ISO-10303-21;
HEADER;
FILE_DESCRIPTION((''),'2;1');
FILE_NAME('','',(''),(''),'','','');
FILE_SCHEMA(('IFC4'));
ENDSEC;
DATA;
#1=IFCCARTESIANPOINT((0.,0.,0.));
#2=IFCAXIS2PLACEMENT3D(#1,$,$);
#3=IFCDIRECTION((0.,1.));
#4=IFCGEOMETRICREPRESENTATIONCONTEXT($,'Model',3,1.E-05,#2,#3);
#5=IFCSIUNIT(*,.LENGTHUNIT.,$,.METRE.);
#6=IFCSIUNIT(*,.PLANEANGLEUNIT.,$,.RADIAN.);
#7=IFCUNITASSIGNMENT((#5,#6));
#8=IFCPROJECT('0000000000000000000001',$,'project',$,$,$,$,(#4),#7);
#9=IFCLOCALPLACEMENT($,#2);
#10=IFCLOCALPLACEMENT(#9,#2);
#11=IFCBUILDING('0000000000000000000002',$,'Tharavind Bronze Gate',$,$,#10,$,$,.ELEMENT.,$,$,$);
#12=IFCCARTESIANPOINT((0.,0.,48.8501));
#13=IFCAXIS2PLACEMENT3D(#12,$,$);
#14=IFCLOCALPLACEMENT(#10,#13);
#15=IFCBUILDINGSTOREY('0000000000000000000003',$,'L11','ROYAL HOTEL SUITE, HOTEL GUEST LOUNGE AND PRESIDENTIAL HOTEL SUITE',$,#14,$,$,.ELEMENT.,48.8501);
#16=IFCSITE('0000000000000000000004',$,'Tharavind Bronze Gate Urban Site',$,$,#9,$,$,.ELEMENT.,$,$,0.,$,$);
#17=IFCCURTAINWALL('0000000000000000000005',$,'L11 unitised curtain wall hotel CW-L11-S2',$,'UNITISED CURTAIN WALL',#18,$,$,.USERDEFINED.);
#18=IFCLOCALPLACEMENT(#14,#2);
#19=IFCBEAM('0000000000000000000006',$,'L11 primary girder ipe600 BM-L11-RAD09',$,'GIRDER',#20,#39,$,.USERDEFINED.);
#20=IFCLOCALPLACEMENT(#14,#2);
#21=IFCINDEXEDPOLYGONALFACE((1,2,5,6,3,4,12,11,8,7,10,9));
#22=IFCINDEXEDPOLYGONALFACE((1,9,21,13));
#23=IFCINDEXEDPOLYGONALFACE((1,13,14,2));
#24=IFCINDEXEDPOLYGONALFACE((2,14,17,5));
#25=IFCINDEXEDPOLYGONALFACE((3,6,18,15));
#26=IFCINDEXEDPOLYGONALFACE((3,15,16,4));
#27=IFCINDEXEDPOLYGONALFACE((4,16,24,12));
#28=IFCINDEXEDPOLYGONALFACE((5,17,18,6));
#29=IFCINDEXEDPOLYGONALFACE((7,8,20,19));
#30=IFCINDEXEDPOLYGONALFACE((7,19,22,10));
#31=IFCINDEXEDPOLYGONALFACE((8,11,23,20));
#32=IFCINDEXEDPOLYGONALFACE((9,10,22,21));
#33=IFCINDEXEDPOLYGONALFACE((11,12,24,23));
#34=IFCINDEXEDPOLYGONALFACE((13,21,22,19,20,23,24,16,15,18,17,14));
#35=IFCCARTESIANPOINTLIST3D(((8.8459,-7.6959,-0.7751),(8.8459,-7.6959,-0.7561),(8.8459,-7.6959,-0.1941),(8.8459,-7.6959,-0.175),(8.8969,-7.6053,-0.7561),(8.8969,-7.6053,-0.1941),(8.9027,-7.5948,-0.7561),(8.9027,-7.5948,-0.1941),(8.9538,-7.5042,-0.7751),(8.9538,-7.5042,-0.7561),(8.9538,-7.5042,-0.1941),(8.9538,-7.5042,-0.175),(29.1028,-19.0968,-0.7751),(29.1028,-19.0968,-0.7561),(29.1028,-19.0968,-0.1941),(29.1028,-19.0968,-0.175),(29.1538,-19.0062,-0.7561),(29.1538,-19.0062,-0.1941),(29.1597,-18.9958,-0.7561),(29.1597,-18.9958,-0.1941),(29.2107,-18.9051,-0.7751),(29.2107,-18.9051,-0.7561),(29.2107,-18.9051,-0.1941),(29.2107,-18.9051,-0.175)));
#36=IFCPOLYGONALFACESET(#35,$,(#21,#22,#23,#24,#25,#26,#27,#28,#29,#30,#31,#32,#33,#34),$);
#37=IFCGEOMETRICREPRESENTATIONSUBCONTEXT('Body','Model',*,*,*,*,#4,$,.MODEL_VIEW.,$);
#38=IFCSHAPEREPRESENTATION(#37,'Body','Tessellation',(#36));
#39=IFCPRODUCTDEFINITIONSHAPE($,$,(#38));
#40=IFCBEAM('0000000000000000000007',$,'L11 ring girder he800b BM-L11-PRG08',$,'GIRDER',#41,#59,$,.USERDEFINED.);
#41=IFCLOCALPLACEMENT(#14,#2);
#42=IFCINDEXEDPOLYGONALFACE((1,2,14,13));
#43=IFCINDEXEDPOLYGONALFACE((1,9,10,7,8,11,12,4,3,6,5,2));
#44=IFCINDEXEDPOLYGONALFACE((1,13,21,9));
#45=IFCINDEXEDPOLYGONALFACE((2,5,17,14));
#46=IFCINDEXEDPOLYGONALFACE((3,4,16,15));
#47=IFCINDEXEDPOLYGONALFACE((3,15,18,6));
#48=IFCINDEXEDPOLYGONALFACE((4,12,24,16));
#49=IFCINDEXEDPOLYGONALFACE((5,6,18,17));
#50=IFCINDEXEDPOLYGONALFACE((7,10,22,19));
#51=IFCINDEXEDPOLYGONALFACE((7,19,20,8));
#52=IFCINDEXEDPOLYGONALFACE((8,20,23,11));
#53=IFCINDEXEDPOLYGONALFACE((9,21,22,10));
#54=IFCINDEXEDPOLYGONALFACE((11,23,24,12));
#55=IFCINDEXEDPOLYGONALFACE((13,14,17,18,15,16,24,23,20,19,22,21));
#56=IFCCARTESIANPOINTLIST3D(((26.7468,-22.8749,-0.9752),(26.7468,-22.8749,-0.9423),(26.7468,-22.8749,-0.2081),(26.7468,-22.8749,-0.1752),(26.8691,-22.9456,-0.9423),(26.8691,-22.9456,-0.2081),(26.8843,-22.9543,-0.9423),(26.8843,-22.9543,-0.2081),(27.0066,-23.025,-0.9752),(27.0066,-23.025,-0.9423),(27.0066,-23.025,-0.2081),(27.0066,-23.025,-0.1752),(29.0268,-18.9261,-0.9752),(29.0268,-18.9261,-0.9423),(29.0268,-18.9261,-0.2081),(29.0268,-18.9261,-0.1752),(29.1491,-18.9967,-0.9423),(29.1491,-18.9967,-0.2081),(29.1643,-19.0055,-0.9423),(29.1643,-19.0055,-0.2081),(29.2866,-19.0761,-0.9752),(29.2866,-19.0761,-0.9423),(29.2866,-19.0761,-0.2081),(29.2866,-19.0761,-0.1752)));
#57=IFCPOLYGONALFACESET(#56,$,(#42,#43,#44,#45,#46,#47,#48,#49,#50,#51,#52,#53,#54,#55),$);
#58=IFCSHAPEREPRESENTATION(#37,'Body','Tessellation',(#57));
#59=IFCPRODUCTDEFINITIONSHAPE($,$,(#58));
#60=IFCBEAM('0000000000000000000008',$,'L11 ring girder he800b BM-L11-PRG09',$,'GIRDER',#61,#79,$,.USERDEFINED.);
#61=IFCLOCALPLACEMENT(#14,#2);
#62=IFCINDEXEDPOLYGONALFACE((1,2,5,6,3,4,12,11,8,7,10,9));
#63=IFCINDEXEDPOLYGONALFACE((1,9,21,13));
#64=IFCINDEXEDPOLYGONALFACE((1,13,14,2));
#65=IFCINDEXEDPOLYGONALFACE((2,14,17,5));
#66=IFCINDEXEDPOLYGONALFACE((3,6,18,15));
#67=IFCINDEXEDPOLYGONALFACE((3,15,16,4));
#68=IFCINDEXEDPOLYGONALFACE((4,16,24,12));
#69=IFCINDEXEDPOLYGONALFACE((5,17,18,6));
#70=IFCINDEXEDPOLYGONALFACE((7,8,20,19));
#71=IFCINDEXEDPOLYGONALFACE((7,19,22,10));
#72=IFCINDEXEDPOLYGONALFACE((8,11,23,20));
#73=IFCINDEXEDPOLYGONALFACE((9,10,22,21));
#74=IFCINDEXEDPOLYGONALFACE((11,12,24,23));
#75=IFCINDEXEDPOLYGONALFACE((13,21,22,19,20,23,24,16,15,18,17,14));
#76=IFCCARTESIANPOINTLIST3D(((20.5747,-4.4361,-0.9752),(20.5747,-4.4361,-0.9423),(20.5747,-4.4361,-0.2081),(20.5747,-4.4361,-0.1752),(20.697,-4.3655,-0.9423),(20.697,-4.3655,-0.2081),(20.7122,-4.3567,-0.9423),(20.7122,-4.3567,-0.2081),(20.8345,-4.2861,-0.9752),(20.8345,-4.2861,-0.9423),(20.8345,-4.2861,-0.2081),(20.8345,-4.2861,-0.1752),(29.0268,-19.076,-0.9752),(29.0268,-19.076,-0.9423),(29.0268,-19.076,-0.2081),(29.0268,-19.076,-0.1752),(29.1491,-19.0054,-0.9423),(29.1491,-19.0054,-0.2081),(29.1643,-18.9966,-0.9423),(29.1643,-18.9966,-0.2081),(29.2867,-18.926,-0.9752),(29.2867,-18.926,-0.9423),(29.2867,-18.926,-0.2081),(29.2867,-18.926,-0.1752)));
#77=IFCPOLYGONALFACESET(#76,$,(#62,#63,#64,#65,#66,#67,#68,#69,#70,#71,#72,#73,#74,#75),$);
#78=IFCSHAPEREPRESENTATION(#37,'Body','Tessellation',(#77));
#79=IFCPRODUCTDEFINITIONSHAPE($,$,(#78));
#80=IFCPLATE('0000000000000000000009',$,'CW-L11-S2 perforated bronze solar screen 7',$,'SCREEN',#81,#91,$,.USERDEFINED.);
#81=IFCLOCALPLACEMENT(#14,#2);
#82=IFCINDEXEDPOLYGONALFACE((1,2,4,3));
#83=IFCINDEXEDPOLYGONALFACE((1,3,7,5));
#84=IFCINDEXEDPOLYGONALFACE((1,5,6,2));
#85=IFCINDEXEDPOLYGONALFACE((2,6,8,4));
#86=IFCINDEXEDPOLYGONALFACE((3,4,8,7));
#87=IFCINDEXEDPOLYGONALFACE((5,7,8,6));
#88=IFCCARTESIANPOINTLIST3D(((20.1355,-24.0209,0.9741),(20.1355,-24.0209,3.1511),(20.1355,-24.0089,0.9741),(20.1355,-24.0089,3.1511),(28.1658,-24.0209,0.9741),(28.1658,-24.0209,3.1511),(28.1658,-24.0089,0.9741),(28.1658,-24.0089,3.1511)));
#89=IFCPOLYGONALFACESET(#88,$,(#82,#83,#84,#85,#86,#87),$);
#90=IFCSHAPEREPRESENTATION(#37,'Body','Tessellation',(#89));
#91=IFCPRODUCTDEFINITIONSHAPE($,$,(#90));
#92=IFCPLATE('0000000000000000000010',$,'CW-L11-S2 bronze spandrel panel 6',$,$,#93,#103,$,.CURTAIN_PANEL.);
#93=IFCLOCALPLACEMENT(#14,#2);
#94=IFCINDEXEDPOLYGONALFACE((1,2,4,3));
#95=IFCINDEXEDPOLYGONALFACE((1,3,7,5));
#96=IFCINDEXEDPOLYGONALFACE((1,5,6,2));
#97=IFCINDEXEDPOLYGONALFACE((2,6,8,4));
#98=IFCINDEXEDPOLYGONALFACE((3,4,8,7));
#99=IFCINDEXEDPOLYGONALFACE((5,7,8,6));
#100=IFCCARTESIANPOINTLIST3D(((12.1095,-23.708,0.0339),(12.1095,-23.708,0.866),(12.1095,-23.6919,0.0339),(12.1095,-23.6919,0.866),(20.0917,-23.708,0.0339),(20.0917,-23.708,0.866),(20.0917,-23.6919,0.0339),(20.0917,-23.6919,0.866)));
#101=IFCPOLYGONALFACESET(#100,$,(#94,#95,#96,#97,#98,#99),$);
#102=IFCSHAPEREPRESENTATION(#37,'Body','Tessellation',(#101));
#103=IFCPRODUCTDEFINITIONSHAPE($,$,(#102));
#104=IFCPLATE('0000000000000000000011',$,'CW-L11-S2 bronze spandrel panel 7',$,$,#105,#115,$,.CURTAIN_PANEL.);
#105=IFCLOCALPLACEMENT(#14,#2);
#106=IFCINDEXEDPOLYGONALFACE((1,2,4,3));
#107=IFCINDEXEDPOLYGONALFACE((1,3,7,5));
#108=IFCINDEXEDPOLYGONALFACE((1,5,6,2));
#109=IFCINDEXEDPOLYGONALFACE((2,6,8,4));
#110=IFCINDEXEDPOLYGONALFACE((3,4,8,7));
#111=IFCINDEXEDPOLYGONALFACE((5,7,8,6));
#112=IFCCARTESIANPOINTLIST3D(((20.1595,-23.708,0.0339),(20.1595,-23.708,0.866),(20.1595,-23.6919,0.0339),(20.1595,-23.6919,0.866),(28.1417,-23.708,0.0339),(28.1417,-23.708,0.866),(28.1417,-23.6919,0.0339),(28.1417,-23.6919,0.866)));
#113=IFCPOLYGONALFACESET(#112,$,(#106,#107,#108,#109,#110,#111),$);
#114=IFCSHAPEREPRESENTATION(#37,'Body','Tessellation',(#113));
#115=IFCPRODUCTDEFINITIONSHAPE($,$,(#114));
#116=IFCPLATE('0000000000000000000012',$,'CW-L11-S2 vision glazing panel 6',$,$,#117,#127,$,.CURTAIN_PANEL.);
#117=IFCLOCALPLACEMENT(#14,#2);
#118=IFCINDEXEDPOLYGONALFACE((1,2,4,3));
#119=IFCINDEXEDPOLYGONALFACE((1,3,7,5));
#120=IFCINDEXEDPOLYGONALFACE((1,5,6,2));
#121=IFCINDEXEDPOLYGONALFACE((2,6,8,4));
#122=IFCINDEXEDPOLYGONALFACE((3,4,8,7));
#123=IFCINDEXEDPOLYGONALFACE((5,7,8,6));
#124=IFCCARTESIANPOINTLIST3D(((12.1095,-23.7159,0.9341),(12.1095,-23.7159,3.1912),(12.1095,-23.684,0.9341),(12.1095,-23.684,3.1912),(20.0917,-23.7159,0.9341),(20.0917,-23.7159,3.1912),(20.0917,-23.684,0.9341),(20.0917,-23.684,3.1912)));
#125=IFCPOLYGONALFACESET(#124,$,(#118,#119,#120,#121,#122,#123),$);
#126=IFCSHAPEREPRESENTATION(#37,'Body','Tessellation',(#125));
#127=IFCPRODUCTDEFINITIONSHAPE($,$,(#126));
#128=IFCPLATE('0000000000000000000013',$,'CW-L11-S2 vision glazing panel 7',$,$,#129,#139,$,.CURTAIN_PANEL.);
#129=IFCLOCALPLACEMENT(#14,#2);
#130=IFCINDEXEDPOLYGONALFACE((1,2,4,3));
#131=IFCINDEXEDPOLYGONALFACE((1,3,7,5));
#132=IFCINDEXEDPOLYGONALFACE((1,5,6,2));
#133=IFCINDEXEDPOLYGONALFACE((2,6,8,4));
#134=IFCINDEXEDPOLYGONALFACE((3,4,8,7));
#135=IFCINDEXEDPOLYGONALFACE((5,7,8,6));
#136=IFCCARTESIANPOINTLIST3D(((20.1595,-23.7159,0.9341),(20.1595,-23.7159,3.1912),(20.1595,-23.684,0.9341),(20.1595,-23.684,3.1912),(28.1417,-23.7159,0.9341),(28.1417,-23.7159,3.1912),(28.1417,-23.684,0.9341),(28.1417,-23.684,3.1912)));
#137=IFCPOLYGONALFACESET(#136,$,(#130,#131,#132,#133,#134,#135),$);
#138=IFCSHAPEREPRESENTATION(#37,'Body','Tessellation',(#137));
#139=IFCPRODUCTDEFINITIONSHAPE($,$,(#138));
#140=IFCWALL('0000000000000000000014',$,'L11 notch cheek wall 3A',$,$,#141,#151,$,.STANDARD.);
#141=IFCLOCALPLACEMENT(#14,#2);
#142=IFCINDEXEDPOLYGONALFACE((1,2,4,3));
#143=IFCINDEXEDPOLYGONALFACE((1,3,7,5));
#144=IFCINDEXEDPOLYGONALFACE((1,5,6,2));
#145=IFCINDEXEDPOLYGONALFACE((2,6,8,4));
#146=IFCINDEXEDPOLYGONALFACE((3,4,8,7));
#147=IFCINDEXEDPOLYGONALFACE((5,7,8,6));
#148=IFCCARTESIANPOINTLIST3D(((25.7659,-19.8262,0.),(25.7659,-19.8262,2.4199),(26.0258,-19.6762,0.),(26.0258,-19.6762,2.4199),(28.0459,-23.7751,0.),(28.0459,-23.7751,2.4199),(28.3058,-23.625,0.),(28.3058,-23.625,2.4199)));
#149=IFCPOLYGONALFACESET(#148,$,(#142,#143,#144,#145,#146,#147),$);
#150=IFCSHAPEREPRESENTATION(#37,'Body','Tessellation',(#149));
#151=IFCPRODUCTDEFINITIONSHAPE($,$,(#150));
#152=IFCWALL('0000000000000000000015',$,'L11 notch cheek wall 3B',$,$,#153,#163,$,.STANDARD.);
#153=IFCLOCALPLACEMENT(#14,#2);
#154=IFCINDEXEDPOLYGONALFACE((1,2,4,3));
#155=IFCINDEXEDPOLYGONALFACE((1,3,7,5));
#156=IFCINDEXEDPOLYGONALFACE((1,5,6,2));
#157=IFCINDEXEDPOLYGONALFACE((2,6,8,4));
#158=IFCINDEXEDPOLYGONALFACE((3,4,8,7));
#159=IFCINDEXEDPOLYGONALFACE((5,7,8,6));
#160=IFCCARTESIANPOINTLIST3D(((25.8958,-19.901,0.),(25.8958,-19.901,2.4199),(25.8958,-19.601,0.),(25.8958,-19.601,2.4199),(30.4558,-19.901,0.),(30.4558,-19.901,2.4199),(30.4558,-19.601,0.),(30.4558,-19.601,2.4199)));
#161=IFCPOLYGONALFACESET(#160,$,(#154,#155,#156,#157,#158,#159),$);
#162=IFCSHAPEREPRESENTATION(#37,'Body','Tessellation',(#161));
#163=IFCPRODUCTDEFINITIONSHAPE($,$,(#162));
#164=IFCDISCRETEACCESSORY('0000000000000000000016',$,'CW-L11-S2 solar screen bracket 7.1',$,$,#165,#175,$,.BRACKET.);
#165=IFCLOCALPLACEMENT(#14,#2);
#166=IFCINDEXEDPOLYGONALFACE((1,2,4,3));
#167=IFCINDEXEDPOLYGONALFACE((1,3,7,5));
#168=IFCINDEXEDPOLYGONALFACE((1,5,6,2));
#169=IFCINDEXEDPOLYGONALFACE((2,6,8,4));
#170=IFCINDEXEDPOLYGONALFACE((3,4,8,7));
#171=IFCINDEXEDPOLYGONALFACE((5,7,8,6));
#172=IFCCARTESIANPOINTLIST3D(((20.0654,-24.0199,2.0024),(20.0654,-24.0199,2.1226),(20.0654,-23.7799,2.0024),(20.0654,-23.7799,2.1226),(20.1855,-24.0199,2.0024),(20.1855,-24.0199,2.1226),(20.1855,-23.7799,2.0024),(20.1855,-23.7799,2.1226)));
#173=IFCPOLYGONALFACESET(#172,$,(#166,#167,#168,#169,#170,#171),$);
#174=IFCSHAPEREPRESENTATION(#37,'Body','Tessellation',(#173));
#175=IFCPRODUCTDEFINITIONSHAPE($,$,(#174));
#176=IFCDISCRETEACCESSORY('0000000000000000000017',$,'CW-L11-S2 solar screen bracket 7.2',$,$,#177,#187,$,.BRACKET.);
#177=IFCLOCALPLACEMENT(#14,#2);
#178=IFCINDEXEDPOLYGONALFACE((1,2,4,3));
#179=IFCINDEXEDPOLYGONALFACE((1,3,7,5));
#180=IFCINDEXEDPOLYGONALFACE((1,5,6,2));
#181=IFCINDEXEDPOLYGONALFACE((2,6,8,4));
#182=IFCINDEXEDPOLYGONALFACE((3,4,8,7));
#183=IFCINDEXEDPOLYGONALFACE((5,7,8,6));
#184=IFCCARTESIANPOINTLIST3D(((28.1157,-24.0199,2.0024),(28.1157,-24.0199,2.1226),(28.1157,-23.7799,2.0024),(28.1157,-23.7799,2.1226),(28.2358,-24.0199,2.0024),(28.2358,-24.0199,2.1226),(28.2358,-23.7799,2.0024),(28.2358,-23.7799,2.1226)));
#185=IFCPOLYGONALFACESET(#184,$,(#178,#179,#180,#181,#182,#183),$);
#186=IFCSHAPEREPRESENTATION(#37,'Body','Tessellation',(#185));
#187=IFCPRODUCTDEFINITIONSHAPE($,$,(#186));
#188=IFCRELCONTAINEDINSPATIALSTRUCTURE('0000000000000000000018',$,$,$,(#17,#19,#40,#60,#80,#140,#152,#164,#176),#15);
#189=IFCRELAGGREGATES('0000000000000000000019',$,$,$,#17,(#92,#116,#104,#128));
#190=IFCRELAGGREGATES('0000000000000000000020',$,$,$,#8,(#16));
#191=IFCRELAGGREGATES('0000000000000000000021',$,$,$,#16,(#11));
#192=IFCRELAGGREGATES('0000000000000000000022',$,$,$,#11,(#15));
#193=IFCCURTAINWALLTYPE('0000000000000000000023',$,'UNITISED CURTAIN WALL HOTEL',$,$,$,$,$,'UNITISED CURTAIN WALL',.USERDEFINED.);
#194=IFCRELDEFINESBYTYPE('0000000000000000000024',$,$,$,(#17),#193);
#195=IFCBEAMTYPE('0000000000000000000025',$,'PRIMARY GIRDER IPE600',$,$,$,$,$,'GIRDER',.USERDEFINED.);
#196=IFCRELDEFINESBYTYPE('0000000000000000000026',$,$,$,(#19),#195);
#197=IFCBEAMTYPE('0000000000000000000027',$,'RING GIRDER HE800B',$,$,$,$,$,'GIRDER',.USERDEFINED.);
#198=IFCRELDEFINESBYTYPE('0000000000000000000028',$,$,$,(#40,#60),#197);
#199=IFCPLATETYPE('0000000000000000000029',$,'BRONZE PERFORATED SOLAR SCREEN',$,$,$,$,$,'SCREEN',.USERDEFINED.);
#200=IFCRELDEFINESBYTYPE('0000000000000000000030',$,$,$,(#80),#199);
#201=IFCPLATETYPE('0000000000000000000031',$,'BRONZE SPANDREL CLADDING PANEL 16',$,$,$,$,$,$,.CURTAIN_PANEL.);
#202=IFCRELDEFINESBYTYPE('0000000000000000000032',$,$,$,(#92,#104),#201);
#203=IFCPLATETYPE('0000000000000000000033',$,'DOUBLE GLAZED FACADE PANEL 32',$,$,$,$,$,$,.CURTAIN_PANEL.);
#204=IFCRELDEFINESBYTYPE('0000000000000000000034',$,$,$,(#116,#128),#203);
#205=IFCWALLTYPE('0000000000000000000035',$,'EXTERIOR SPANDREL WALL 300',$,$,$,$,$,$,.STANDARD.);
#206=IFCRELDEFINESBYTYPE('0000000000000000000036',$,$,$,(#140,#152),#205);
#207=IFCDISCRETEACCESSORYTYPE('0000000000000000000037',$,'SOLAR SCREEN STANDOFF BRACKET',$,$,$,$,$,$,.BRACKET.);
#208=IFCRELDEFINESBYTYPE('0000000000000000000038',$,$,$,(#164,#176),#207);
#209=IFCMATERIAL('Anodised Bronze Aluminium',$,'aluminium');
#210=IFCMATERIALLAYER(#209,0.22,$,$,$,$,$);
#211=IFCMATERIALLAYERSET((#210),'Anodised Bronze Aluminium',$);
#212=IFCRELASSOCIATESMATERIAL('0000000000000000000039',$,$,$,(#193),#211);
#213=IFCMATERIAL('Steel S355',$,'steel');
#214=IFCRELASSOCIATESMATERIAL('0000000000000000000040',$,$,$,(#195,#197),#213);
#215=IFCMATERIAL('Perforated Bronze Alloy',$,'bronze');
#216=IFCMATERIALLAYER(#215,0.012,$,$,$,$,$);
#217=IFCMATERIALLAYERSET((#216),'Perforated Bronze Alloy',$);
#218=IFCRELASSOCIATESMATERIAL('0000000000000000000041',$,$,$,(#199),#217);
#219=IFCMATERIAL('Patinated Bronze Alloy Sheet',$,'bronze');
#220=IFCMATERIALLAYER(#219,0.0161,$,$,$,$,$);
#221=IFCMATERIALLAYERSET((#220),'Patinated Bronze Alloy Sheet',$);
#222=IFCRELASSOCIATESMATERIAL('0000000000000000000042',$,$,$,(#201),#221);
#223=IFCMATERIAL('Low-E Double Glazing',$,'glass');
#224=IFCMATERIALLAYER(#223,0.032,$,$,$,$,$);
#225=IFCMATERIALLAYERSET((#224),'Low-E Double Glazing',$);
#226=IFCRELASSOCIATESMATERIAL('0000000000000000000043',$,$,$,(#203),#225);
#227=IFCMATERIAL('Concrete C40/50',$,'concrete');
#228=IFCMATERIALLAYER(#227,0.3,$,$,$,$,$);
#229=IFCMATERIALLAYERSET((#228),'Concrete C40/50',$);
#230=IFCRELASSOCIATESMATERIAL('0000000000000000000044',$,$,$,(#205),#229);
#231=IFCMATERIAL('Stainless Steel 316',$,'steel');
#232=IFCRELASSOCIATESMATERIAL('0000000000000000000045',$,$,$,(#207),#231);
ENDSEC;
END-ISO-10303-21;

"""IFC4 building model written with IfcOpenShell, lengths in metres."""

from ifc_helpers import new_model, si_unit, direction, frame, frame_2d, origin, origin_2d, place, context, subcontext, project, spatial, rectangle, i_section, extrude, material, layer, layer_set, material_profile, profile_set, type_object, element, aggregate, save


model = new_model("IFC4")

# Units and contexts
model_context = context("Model", 3, precision=1e-05, world=origin(), true_north=direction((0.0, 1.0)))
body_context = subcontext(model_context, "Body", "Model", "MODEL_VIEW")
ifc_project = project(units=[si_unit("LENGTHUNIT", "METRE"), si_unit("PLANEANGLEUNIT", "RADIAN")], contexts=[model_context])

# Site, building, storey
site_placement = place(None, origin())
site = spatial("IfcSite", under=ifc_project, at=site_placement, Name="Tharavind Bronze Gate Urban Site", CompositionType="ELEMENT", RefElevation=0.0)
building_placement = place(site_placement, origin())
building = spatial("IfcBuilding", under=site, at=building_placement, Name="Tharavind Bronze Gate", CompositionType="ELEMENT")
storey_placement = place(building_placement, frame((0.0, 0.0, 48.8501)))
storey = spatial("IfcBuildingStorey", under=building, at=storey_placement, Name="L11", Description="ROYAL HOTEL SUITE, HOTEL GUEST LOUNGE AND PRESIDENTIAL HOTEL SUITE", CompositionType="ELEMENT", Elevation=48.8501)

# Curtain wall
ifc_material_1 = material(Name="Anodised Bronze Aluminium", Category="aluminium")
ifc_layer_1 = layer(ifc_material_1, 0.22)
ifc_layer_set_1 = layer_set([ifc_layer_1], Name="Anodised Bronze Aluminium")
curtain_wall_type = type_object("IfcCurtainWallType", Name="UNITISED CURTAIN WALL HOTEL", ElementType="UNITISED CURTAIN WALL", PredefinedType="USERDEFINED", material=ifc_layer_set_1)
curtain_wall_1_placement = place(storey_placement, origin())
curtain_wall_1 = element("IfcCurtainWall", 1, at=curtain_wall_1_placement, inside=storey, type_object=curtain_wall_type, Name="L11 unitised curtain wall hotel CW-L11-S2", ObjectType="UNITISED CURTAIN WALL", PredefinedType="USERDEFINED")

# Beams
ifc_material_2 = material(Name="Steel S355", Category="steel")
ifc_material_profile_1 = material_profile(ifc_material_2, i_section(OverallWidth=0.22, OverallDepth=0.6001, WebThickness=0.012, FlangeThickness=0.019, at=origin_2d()), Name="IPE600")
ifc_profile_set_1 = profile_set([ifc_material_profile_1], Name="Steel S355")
beam_type_1 = type_object("IfcBeamType", Name="PRIMARY GIRDER IPE600", ElementType="GIRDER", PredefinedType="USERDEFINED", material=ifc_profile_set_1)
beam_1_placement = place(storey_placement, frame((29.1567, -19.001, -0.4751), z_axis=(-0.871458, 0.490471, 0.0), x_axis=(-0.490471, -0.871458, 0.0)))
element("IfcBeam", 2, at=beam_1_placement, inside=storey, type_object=beam_type_1, Name="L11 primary girder ipe600 BM-L11-RAD09", ObjectType="GIRDER", PredefinedType="USERDEFINED", context=body_context, shape_type="SweptSolid", body=[
    extrude(i_section(OverallWidth=0.22, OverallDepth=0.6001, WebThickness=0.012, FlangeThickness=0.019, at=origin_2d()), origin(), (0.0, 0.0, 1.0), 23.2449),
])
ifc_material_profile_2 = material_profile(ifc_material_2, i_section(OverallWidth=0.3, OverallDepth=0.8, WebThickness=0.0176, FlangeThickness=0.033, at=origin_2d()), Name="HE800B")
ifc_profile_set_2 = profile_set([ifc_material_profile_2], Name="Steel S355")
beam_type_2 = type_object("IfcBeamType", Name="RING GIRDER HE800B", ElementType="GIRDER", PredefinedType="USERDEFINED", material=ifc_profile_set_2)
beam_2_placement = place(storey_placement, frame((26.8767, -22.95, -0.5752), z_axis=(0.500014, 0.866017, 0.0), x_axis=(-0.866017, 0.500014, 0.0)))
element("IfcBeam", 3, at=beam_2_placement, inside=storey, type_object=beam_type_2, Name="L11 ring girder he800b BM-L11-PRG08", ObjectType="GIRDER", PredefinedType="USERDEFINED", context=body_context, shape_type="SweptSolid", body=[
    extrude(i_section(OverallWidth=0.3, OverallDepth=0.8, WebThickness=0.0176, FlangeThickness=0.033, at=origin_2d()), origin(), (0.0, 0.0, 1.0), 4.5598),
])
beam_3_placement = place(storey_placement, frame((29.1567, -19.001, -0.5752), z_axis=(-0.499991, 0.86603, 0.0), x_axis=(-0.86603, -0.499991, 0.0)))
element("IfcBeam", 4, at=beam_3_placement, inside=storey, type_object=beam_type_2, Name="L11 ring girder he800b BM-L11-PRG09", ObjectType="GIRDER", PredefinedType="USERDEFINED", context=body_context, shape_type="SweptSolid", body=[
    extrude(i_section(OverallWidth=0.3, OverallDepth=0.8, WebThickness=0.0176, FlangeThickness=0.033, at=origin_2d()), origin(), (0.0, 0.0, 1.0), 16.9045),
])

# Plates
ifc_material_3 = material(Name="Perforated Bronze Alloy", Category="bronze")
ifc_layer_2 = layer(ifc_material_3, 0.012)
ifc_layer_set_2 = layer_set([ifc_layer_2], Name="Perforated Bronze Alloy")
plate_type_1 = type_object("IfcPlateType", Name="BRONZE PERFORATED SOLAR SCREEN", ElementType="SCREEN", PredefinedType="USERDEFINED", material=ifc_layer_set_2)
plate_1_placement = place(storey_placement, frame((24.1506, -24.0149, 0.9741), z_axis=(0.0, 0.0, 1.0), x_axis=(1.0, 0.0, 0.0)))
element("IfcPlate", 5, at=plate_1_placement, inside=storey, type_object=plate_type_1, Name="CW-L11-S2 perforated bronze solar screen 7", ObjectType="SCREEN", PredefinedType="USERDEFINED", context=body_context, shape_type="SweptSolid", body=[
    extrude(rectangle(XDim=8.0303, YDim=0.012, at=origin_2d()), origin(), (0.0, 0.0, 1.0), 2.177),
])
ifc_material_4 = material(Name="Patinated Bronze Alloy Sheet", Category="bronze")
ifc_layer_3 = layer(ifc_material_4, 0.0161)
ifc_layer_set_3 = layer_set([ifc_layer_3], Name="Patinated Bronze Alloy Sheet")
plate_type_2 = type_object("IfcPlateType", Name="BRONZE SPANDREL CLADDING PANEL 16", PredefinedType="CURTAIN_PANEL", material=ifc_layer_set_3)
plate_2_placement = place(storey_placement, frame((16.1006, -23.7, 0.0339), z_axis=(0.0, 0.0, 1.0), x_axis=(1.0, 0.0, 0.0)))
plate_2 = element("IfcPlate", 6, at=plate_2_placement, type_object=plate_type_2, Name="CW-L11-S2 bronze spandrel panel 6", PredefinedType="CURTAIN_PANEL", context=body_context, shape_type="SweptSolid", body=[
    extrude(rectangle(XDim=7.9822, YDim=0.0161, at=origin_2d()), origin(), (0.0, 0.0, 1.0), 0.832),
])
plate_3_placement = place(storey_placement, frame((24.1506, -23.7, 0.0339), z_axis=(0.0, 0.0, 1.0), x_axis=(1.0, 0.0, 0.0)))
plate_3 = element("IfcPlate", 7, at=plate_3_placement, type_object=plate_type_2, Name="CW-L11-S2 bronze spandrel panel 7", PredefinedType="CURTAIN_PANEL", context=body_context, shape_type="SweptSolid", body=[
    extrude(rectangle(XDim=7.9822, YDim=0.0161, at=origin_2d()), origin(), (0.0, 0.0, 1.0), 0.832),
])
ifc_material_5 = material(Name="Low-E Double Glazing", Category="glass")
ifc_layer_4 = layer(ifc_material_5, 0.032)
ifc_layer_set_4 = layer_set([ifc_layer_4], Name="Low-E Double Glazing")
plate_type_3 = type_object("IfcPlateType", Name="DOUBLE GLAZED FACADE PANEL 32", PredefinedType="CURTAIN_PANEL", material=ifc_layer_set_4)
plate_4_placement = place(storey_placement, frame((16.1006, -23.7, 0.9341), z_axis=(0.0, 0.0, 1.0), x_axis=(1.0, 0.0, 0.0)))
plate_4 = element("IfcPlate", 8, at=plate_4_placement, type_object=plate_type_3, Name="CW-L11-S2 vision glazing panel 6", PredefinedType="CURTAIN_PANEL", context=body_context, shape_type="SweptSolid", body=[
    extrude(rectangle(XDim=7.9822, YDim=0.032, at=origin_2d()), origin(), (0.0, 0.0, 1.0), 2.2571),
])
plate_5_placement = place(storey_placement, frame((24.1506, -23.7, 0.9341), z_axis=(0.0, 0.0, 1.0), x_axis=(1.0, 0.0, 0.0)))
plate_5 = element("IfcPlate", 9, at=plate_5_placement, type_object=plate_type_3, Name="CW-L11-S2 vision glazing panel 7", PredefinedType="CURTAIN_PANEL", context=body_context, shape_type="SweptSolid", body=[
    extrude(rectangle(XDim=7.9822, YDim=0.032, at=origin_2d()), origin(), (0.0, 0.0, 1.0), 2.2571),
])
aggregate(curtain_wall_1, [plate_2, plate_4, plate_3, plate_5])

# Walls
ifc_material_6 = material(Name="Concrete C40/50", Category="concrete")
ifc_layer_5 = layer(ifc_material_6, 0.3)
ifc_layer_set_5 = layer_set([ifc_layer_5], Name="Concrete C40/50")
wall_type = type_object("IfcWallType", Name="EXTERIOR SPANDREL WALL 300", PredefinedType="STANDARD", material=ifc_layer_set_5)
wall_1_placement = place(storey_placement, frame((28.1758, -23.7, 0.0), z_axis=(0.0, 0.0, 1.0), x_axis=(-0.500014, 0.866017, 0.0)))
element("IfcWall", 10, at=wall_1_placement, inside=storey, type_object=wall_type, Name="L11 notch cheek wall 3A", PredefinedType="STANDARD", context=body_context, shape_type="SweptSolid", body=[
    extrude(rectangle(XDim=4.5598, YDim=0.3, at=frame_2d((2.2798, 0.0))), origin(), (0.0, 0.0, 1.0), 2.4199),
])
wall_2_placement = place(storey_placement, frame((25.8958, -19.751, 0.0), z_axis=(0.0, 0.0, 1.0), x_axis=(1.0, 0.0, 0.0)))
element("IfcWall", 11, at=wall_2_placement, inside=storey, type_object=wall_type, Name="L11 notch cheek wall 3B", PredefinedType="STANDARD", context=body_context, shape_type="SweptSolid", body=[
    extrude(rectangle(XDim=4.5601, YDim=0.3, at=frame_2d((2.28, 0.0))), origin(), (0.0, 0.0, 1.0), 2.4199),
])

# Discrete accessories
ifc_material_7 = material(Name="Stainless Steel 316", Category="steel")
discrete_accessory_type = type_object("IfcDiscreteAccessoryType", Name="SOLAR SCREEN STANDOFF BRACKET", PredefinedType="BRACKET", material=ifc_material_7)
for number, where, z_axis, x_axis, name in (
    (12, (20.1255, -23.8999, 2.0024), (0.0, 0.0, 1.0), (1.0, 0.0, 0.0), "CW-L11-S2 solar screen bracket 7.1"),
    (13, (28.1758, -23.8999, 2.0024), (0.0, 0.0, 1.0), (1.0, 0.0, 0.0), "CW-L11-S2 solar screen bracket 7.2"),
):
    element("IfcDiscreteAccessory", number, at=place(storey_placement, frame(where, z_axis=z_axis, x_axis=x_axis)), inside=storey, type_object=discrete_accessory_type, Name=name, PredefinedType="BRACKET", context=body_context, shape_type="SweptSolid", body=[
        extrude(rectangle(XDim=0.1201, YDim=0.24, at=origin_2d()), origin(), (0.0, 0.0, 1.0), 0.1201),
    ])

save(model, "model.ifc")
